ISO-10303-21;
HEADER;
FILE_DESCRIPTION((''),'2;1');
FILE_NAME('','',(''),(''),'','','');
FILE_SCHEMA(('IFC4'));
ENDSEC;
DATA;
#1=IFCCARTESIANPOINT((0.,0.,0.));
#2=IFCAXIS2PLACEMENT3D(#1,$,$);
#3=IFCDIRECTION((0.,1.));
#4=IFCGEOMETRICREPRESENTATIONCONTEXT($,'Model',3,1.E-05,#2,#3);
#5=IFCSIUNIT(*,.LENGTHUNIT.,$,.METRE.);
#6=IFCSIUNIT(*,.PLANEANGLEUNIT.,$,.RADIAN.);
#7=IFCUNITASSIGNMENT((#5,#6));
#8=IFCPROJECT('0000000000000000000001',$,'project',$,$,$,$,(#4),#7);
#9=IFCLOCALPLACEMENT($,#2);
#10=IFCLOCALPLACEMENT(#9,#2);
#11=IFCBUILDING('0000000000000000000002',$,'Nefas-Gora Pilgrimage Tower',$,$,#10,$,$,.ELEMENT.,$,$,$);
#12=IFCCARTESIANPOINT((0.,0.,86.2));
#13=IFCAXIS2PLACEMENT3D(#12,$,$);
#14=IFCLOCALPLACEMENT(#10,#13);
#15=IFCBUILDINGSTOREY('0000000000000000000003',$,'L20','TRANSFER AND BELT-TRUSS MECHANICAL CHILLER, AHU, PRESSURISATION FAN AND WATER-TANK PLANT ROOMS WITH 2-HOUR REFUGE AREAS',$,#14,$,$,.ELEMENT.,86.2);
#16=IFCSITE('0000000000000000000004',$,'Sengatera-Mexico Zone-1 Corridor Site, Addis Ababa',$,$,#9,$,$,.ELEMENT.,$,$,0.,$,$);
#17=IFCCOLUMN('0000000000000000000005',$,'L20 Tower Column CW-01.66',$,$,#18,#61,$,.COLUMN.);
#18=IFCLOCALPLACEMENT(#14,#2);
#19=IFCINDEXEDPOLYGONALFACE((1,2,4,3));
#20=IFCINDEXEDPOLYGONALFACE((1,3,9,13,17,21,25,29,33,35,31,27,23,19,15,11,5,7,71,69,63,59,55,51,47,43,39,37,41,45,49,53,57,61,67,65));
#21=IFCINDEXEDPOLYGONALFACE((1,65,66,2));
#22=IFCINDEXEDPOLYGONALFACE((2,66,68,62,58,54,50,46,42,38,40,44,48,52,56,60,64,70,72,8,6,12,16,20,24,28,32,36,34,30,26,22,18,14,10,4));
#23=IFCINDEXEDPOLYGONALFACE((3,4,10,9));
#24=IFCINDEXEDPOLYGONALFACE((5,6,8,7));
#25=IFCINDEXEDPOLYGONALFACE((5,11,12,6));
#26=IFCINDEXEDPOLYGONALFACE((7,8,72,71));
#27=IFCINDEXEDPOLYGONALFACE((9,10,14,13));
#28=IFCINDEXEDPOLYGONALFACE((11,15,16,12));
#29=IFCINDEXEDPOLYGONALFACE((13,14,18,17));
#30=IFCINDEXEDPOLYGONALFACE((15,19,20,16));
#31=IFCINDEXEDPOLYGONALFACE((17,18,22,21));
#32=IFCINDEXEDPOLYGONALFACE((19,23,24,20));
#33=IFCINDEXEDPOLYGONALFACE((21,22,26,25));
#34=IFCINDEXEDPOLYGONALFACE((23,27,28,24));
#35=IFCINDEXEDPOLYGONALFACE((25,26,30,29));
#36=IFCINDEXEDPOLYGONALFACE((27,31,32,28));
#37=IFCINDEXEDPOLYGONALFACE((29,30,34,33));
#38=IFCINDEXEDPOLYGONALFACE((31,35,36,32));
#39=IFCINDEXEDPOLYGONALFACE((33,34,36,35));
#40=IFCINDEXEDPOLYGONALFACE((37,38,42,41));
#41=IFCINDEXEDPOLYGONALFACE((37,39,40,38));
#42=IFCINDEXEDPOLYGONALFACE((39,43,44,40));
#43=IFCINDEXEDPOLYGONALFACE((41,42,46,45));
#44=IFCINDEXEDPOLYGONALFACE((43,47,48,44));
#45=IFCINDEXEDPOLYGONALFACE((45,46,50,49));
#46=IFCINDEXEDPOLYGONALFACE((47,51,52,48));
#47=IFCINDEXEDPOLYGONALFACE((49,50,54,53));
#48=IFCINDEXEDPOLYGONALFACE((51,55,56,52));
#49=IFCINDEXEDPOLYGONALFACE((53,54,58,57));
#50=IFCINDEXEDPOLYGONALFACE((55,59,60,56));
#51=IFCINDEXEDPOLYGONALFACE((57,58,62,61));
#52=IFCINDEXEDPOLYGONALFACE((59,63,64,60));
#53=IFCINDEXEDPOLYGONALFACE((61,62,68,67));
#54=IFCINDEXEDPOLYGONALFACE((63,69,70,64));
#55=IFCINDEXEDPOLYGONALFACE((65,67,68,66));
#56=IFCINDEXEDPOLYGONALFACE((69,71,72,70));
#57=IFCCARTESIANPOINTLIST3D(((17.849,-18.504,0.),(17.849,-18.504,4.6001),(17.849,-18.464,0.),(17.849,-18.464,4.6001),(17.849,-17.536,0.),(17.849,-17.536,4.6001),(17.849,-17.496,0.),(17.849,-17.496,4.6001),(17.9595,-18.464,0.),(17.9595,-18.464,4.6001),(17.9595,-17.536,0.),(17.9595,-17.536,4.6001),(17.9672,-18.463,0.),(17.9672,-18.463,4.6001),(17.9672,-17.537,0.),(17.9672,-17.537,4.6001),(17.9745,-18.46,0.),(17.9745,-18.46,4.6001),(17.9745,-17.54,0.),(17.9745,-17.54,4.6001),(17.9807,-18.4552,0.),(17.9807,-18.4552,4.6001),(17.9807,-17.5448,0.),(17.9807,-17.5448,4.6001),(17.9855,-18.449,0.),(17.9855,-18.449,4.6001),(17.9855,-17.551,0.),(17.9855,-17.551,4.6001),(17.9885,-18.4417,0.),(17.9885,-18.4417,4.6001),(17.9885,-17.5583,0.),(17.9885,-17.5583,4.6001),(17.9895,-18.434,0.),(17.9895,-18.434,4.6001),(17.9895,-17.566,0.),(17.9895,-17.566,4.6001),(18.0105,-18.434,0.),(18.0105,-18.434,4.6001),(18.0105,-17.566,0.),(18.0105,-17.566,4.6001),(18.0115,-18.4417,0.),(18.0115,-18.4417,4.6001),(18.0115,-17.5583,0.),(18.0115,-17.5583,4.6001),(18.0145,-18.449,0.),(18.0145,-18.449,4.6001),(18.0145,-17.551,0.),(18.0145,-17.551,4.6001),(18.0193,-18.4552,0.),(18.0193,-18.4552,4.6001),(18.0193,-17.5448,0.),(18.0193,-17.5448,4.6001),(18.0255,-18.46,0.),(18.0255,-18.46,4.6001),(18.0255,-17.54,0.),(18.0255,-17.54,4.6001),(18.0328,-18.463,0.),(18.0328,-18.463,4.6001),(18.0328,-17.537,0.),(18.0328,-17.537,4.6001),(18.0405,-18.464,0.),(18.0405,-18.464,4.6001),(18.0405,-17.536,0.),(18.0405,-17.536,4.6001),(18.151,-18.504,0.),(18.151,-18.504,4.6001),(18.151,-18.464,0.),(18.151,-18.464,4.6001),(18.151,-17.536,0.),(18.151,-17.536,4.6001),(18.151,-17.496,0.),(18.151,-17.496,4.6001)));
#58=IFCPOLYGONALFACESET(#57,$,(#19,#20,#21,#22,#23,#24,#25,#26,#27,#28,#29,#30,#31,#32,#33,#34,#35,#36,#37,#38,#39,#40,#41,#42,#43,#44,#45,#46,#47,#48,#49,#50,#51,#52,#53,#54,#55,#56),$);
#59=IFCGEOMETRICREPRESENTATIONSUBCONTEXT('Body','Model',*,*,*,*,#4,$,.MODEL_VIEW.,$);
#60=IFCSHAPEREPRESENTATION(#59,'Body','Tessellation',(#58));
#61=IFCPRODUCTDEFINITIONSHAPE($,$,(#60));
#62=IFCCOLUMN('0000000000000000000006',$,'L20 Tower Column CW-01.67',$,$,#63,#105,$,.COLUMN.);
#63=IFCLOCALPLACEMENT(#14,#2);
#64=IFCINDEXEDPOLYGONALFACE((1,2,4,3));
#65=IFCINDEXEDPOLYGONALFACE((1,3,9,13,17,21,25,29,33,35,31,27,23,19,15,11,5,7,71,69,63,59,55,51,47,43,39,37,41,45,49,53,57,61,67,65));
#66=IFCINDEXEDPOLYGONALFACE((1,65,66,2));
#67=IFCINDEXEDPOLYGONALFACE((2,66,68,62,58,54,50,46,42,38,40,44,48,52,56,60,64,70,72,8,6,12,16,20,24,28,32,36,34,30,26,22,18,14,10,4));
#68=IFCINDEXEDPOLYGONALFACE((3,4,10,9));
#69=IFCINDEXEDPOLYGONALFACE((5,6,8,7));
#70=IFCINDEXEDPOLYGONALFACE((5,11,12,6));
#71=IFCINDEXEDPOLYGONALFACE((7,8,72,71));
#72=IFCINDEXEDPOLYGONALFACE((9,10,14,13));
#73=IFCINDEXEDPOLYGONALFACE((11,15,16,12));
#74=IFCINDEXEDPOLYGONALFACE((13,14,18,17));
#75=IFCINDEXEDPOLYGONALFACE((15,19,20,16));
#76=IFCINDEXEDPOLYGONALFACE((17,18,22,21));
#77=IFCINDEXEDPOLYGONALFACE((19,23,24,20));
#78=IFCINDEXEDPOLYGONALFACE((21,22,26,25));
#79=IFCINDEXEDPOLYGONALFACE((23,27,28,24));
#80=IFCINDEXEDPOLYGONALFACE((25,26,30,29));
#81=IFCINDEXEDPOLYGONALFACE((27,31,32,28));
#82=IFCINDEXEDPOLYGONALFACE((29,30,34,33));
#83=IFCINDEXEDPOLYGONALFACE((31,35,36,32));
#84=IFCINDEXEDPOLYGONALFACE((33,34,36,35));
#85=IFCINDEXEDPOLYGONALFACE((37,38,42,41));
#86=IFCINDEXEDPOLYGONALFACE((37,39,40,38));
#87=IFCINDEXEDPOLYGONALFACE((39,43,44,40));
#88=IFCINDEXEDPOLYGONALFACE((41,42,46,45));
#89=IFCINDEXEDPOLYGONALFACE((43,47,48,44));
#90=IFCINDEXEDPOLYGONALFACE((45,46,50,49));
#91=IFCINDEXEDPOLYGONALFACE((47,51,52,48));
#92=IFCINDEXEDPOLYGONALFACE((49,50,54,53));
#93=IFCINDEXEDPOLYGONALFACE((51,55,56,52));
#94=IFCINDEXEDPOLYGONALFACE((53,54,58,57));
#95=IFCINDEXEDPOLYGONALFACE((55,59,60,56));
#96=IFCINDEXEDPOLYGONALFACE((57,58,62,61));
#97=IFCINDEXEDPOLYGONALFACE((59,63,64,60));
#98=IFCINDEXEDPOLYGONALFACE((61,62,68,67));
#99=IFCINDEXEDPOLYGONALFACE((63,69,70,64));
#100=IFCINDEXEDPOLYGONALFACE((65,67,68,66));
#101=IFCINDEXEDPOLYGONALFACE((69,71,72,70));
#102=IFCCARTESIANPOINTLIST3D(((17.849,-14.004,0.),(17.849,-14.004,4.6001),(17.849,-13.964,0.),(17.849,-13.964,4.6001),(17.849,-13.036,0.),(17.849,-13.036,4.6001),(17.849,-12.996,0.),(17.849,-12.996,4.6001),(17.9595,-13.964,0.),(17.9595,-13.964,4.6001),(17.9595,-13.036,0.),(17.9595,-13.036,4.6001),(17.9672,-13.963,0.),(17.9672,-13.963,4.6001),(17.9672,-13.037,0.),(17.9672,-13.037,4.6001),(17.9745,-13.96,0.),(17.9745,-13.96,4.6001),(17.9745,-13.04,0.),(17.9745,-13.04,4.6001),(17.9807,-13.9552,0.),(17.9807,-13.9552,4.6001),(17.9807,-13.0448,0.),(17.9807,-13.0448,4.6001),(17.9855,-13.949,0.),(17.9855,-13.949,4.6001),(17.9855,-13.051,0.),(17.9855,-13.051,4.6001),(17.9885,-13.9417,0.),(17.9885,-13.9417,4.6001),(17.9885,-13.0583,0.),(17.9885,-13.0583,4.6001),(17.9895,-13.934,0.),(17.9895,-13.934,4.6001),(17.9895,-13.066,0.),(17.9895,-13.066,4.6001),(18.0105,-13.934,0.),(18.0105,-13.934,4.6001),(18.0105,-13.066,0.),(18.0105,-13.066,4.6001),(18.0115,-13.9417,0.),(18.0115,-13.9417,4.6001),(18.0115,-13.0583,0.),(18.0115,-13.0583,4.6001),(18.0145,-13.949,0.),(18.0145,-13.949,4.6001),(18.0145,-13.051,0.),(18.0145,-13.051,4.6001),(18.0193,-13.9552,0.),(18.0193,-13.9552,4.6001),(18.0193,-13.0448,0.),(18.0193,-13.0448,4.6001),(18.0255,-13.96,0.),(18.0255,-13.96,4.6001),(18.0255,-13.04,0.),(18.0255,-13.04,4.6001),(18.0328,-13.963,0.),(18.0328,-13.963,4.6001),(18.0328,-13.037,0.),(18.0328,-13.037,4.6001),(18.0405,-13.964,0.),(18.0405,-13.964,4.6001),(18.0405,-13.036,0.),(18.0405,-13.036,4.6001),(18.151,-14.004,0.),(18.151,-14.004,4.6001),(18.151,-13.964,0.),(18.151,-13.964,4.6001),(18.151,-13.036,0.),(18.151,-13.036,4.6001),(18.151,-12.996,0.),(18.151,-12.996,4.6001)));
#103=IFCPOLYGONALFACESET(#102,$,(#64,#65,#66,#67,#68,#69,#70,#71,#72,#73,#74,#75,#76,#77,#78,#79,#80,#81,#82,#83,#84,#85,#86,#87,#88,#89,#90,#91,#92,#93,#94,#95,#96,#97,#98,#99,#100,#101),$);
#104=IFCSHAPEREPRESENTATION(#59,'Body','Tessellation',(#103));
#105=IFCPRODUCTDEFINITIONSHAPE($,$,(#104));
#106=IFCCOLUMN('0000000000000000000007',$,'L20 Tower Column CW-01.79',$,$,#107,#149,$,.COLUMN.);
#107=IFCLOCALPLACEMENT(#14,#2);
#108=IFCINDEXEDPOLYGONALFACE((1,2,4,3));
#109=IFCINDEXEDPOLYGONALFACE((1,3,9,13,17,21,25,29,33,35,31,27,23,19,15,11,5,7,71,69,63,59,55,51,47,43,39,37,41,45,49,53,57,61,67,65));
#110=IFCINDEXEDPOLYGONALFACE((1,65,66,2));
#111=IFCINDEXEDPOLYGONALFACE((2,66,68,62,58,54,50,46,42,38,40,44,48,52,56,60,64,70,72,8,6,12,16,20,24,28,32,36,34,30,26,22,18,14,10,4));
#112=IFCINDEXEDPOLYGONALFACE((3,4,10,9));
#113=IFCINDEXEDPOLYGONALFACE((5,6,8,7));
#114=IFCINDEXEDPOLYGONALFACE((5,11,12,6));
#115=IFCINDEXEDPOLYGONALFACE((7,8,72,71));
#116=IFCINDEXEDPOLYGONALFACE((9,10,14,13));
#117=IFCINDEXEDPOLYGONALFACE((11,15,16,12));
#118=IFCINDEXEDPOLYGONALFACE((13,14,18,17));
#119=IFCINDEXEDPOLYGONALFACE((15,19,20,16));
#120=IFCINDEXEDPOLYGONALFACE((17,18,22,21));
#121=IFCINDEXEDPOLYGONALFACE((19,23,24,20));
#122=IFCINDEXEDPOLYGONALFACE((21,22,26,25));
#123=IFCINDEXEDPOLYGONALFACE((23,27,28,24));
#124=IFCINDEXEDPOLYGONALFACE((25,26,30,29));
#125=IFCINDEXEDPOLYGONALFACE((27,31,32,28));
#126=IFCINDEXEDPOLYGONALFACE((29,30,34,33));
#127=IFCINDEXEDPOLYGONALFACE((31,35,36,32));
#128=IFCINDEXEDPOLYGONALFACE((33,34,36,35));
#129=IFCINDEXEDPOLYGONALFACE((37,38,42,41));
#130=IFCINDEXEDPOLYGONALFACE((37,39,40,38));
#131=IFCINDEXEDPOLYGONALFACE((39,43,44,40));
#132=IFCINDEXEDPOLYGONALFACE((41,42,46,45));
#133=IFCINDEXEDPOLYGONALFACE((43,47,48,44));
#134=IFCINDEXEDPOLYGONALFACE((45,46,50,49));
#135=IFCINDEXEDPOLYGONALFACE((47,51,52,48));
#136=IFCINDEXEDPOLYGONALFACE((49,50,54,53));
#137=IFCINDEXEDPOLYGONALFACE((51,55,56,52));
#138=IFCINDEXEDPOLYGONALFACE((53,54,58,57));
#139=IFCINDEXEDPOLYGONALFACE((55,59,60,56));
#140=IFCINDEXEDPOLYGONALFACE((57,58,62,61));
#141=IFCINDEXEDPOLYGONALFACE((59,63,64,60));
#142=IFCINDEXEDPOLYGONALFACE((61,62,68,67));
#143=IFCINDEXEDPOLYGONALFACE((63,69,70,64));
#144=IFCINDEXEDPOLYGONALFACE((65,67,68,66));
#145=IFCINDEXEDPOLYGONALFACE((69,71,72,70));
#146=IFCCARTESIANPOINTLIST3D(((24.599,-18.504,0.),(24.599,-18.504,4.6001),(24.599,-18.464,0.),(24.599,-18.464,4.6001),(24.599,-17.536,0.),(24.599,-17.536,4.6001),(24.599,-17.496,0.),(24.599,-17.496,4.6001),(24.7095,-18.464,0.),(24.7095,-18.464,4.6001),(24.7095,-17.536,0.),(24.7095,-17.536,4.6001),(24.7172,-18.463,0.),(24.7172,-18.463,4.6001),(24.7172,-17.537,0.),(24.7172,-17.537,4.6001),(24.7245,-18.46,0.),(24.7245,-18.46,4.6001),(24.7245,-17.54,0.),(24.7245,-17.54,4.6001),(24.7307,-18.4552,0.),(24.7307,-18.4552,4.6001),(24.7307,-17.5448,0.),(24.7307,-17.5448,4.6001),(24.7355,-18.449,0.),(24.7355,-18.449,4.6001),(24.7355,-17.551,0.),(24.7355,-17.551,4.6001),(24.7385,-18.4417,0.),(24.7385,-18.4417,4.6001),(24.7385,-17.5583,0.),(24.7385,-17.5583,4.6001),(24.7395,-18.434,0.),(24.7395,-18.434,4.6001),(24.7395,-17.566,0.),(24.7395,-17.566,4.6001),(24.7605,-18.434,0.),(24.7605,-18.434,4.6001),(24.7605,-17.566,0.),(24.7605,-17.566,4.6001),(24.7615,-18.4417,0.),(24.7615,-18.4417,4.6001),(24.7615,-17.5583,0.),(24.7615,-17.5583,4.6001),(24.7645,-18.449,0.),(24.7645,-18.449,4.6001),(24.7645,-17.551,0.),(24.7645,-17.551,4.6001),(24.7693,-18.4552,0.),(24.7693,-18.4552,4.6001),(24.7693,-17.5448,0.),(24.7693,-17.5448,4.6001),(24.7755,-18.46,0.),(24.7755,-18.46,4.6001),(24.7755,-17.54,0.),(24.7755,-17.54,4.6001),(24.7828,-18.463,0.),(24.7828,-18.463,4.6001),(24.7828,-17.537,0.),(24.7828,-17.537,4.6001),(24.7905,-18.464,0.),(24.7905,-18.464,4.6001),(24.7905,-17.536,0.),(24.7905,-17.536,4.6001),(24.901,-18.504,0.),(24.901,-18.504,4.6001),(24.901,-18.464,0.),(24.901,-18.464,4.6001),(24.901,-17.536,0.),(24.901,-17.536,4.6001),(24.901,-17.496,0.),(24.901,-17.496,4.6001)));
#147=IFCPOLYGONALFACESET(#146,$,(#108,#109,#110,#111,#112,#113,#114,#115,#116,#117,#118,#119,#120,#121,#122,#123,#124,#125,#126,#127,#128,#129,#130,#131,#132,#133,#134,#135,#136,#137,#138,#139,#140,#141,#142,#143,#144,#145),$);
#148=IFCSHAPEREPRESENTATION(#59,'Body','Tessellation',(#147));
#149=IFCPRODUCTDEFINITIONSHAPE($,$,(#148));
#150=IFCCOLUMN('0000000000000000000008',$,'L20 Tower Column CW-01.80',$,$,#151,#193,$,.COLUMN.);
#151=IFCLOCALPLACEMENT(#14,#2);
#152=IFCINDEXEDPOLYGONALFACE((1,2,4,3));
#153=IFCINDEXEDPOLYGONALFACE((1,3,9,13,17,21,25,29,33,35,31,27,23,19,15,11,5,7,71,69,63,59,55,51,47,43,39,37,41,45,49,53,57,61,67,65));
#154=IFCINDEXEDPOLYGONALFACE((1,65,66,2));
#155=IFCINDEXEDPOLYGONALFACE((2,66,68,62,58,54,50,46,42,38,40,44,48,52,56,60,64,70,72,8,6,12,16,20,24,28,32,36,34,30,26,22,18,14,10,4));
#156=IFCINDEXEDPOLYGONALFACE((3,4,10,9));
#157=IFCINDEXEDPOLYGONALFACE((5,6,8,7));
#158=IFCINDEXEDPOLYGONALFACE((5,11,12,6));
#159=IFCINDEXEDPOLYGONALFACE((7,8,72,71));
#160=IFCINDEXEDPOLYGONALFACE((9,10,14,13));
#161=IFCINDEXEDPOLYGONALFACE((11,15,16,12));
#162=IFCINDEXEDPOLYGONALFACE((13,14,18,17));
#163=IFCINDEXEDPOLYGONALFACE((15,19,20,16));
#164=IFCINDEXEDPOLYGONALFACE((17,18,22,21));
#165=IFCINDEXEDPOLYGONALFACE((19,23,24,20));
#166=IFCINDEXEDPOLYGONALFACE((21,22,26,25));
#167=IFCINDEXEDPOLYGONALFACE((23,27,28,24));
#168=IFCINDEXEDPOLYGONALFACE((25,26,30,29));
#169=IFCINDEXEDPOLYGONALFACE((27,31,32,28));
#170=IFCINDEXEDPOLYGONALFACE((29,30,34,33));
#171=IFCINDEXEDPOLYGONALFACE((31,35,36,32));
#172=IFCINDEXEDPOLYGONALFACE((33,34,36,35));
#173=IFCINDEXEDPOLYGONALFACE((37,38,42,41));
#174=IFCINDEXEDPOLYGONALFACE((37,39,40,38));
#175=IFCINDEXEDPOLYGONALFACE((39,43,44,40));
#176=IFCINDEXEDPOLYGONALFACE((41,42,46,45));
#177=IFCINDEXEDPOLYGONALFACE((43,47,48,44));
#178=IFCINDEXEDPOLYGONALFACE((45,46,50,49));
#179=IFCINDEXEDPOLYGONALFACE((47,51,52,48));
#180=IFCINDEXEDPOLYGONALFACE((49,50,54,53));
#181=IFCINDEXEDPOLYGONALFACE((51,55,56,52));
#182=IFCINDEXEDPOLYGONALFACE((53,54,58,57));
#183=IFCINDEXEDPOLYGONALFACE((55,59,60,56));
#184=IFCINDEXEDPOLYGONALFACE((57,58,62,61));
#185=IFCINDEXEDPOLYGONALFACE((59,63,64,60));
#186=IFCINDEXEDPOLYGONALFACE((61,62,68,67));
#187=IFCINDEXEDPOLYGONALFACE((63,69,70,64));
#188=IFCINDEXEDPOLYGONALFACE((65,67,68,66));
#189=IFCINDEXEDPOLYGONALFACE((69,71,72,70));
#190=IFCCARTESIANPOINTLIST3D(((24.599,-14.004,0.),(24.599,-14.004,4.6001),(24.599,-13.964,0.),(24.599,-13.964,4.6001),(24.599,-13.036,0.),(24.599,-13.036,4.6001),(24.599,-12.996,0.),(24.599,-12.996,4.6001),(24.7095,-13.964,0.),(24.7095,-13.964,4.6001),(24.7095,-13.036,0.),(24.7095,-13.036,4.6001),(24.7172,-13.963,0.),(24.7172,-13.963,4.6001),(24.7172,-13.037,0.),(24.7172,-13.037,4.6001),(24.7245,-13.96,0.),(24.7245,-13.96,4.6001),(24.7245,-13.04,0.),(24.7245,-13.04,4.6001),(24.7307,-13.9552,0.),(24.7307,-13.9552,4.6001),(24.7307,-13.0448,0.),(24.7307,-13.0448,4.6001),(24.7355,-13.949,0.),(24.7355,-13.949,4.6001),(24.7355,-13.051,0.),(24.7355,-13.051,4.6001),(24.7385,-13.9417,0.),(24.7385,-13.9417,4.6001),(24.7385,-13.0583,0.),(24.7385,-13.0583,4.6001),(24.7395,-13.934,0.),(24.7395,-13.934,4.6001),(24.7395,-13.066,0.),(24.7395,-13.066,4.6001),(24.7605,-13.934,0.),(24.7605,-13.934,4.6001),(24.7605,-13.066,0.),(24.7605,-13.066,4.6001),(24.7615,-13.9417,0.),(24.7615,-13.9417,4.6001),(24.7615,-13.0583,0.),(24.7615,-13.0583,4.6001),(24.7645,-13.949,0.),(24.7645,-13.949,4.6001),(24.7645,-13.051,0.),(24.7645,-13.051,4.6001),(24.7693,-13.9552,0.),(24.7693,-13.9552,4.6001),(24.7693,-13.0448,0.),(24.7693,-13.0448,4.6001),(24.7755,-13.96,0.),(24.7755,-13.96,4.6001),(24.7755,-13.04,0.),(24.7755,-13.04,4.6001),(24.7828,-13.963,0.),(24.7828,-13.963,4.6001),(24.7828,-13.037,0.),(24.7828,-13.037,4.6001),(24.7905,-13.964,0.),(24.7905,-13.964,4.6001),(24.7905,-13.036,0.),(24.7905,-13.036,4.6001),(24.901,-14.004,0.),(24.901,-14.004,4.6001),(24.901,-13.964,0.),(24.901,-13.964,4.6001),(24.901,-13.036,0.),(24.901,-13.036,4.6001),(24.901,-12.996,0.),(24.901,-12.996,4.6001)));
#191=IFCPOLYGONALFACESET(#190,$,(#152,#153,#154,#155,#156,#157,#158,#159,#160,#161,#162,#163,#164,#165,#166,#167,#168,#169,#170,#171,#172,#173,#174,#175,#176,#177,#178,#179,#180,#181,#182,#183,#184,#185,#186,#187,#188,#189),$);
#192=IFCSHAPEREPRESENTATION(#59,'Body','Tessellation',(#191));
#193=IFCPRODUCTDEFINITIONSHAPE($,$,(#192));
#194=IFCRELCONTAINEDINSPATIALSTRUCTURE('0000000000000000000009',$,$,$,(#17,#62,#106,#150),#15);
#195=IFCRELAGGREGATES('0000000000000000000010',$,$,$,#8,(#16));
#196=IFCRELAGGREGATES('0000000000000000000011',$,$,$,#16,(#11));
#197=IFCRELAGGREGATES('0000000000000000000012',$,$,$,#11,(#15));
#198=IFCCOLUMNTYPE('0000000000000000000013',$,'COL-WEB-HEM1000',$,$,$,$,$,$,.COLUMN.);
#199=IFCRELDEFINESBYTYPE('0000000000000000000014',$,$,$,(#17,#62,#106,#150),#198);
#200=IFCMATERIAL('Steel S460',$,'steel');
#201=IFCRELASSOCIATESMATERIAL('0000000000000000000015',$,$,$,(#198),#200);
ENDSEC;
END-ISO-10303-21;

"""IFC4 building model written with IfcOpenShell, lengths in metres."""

from ifc_helpers import new_model, si_unit, direction, frame, origin, origin_2d, place, context, subcontext, project, spatial, i_section, extrude, source, transform, mapped, material, material_profile, profile_set, type_object, element, save


model = new_model("IFC4")

# Units and contexts
model_context = context("Model", 3, precision=1e-05, world=origin(), true_north=direction((0.0, 1.0)))
body_context = subcontext(model_context, "Body", "Model", "MODEL_VIEW")
ifc_project = project(units=[si_unit("LENGTHUNIT", "METRE"), si_unit("PLANEANGLEUNIT", "RADIAN")], contexts=[model_context])

# Site, building, storey
site_placement = place(None, origin())
site = spatial("IfcSite", under=ifc_project, at=site_placement, Name="Sengatera-Mexico Zone-1 Corridor Site, Addis Ababa", CompositionType="ELEMENT", RefElevation=0.0)
building_placement = place(site_placement, origin())
building = spatial("IfcBuilding", under=site, at=building_placement, Name="Nefas-Gora Pilgrimage Tower", CompositionType="ELEMENT")
storey_placement = place(building_placement, frame((0.0, 0.0, 86.2)))
storey = spatial("IfcBuildingStorey", under=building, at=storey_placement, Name="L20", Description="TRANSFER AND BELT-TRUSS MECHANICAL CHILLER, AHU, PRESSURISATION FAN AND WATER-TANK PLANT ROOMS WITH 2-HOUR REFUGE AREAS", CompositionType="ELEMENT", Elevation=86.2)

# Columns
ifc_material_1 = material(Name="Steel S460", Category="steel")
ifc_material_profile_1 = material_profile(ifc_material_1, i_section(OverallWidth=0.302, OverallDepth=1.0081, WebThickness=0.021, FlangeThickness=0.04, FilletRadius=0.03, at=origin_2d()), Name="HEM 1000")
ifc_profile_set_1 = profile_set([ifc_material_profile_1], Name="Steel S460")
column_type_1 = type_object("IfcColumnType", Name="COL-WEB-HEM1000", PredefinedType="COLUMN", material=ifc_profile_set_1)
shared_shape_1 = source(origin(), body_context, "Body", "SweptSolid", [
    extrude(i_section(OverallWidth=0.302, OverallDepth=1.0081, WebThickness=0.021, FlangeThickness=0.04, FilletRadius=0.03, at=origin_2d()), origin(), (0.0, 0.0, 1.0), 4.6001),
])
for number, where, z_axis, x_axis, name in (
    (1, (18.0, -18.0, 0.0), (0.0, 0.0, 1.0), (1.0, 0.0, 0.0), "L20 Tower Column CW-01.66"),
    (2, (18.0, -13.5, 0.0), (0.0, 0.0, 1.0), (1.0, 0.0, 0.0), "L20 Tower Column CW-01.67"),
    (3, (24.75, -18.0, 0.0), (0.0, 0.0, 1.0), (1.0, 0.0, 0.0), "L20 Tower Column CW-01.79"),
    (4, (24.75, -13.5, 0.0), (0.0, 0.0, 1.0), (1.0, 0.0, 0.0), "L20 Tower Column CW-01.80"),
):
    element("IfcColumn", number, at=place(storey_placement, frame(where, z_axis=z_axis, x_axis=x_axis)), inside=storey, type_object=column_type_1, Name=name, PredefinedType="COLUMN", context=body_context, shape_type="MappedRepresentation", body=[
        mapped(shared_shape_1, transform((0.0, 0.0, 0.0), x_axis=(1.0, 0.0, 0.0), y_axis=(0.0, 1.0, 0.0), z_axis=(0.0, 0.0, 1.0), scale=1.0)),
    ])

save(model, "model.ifc")
